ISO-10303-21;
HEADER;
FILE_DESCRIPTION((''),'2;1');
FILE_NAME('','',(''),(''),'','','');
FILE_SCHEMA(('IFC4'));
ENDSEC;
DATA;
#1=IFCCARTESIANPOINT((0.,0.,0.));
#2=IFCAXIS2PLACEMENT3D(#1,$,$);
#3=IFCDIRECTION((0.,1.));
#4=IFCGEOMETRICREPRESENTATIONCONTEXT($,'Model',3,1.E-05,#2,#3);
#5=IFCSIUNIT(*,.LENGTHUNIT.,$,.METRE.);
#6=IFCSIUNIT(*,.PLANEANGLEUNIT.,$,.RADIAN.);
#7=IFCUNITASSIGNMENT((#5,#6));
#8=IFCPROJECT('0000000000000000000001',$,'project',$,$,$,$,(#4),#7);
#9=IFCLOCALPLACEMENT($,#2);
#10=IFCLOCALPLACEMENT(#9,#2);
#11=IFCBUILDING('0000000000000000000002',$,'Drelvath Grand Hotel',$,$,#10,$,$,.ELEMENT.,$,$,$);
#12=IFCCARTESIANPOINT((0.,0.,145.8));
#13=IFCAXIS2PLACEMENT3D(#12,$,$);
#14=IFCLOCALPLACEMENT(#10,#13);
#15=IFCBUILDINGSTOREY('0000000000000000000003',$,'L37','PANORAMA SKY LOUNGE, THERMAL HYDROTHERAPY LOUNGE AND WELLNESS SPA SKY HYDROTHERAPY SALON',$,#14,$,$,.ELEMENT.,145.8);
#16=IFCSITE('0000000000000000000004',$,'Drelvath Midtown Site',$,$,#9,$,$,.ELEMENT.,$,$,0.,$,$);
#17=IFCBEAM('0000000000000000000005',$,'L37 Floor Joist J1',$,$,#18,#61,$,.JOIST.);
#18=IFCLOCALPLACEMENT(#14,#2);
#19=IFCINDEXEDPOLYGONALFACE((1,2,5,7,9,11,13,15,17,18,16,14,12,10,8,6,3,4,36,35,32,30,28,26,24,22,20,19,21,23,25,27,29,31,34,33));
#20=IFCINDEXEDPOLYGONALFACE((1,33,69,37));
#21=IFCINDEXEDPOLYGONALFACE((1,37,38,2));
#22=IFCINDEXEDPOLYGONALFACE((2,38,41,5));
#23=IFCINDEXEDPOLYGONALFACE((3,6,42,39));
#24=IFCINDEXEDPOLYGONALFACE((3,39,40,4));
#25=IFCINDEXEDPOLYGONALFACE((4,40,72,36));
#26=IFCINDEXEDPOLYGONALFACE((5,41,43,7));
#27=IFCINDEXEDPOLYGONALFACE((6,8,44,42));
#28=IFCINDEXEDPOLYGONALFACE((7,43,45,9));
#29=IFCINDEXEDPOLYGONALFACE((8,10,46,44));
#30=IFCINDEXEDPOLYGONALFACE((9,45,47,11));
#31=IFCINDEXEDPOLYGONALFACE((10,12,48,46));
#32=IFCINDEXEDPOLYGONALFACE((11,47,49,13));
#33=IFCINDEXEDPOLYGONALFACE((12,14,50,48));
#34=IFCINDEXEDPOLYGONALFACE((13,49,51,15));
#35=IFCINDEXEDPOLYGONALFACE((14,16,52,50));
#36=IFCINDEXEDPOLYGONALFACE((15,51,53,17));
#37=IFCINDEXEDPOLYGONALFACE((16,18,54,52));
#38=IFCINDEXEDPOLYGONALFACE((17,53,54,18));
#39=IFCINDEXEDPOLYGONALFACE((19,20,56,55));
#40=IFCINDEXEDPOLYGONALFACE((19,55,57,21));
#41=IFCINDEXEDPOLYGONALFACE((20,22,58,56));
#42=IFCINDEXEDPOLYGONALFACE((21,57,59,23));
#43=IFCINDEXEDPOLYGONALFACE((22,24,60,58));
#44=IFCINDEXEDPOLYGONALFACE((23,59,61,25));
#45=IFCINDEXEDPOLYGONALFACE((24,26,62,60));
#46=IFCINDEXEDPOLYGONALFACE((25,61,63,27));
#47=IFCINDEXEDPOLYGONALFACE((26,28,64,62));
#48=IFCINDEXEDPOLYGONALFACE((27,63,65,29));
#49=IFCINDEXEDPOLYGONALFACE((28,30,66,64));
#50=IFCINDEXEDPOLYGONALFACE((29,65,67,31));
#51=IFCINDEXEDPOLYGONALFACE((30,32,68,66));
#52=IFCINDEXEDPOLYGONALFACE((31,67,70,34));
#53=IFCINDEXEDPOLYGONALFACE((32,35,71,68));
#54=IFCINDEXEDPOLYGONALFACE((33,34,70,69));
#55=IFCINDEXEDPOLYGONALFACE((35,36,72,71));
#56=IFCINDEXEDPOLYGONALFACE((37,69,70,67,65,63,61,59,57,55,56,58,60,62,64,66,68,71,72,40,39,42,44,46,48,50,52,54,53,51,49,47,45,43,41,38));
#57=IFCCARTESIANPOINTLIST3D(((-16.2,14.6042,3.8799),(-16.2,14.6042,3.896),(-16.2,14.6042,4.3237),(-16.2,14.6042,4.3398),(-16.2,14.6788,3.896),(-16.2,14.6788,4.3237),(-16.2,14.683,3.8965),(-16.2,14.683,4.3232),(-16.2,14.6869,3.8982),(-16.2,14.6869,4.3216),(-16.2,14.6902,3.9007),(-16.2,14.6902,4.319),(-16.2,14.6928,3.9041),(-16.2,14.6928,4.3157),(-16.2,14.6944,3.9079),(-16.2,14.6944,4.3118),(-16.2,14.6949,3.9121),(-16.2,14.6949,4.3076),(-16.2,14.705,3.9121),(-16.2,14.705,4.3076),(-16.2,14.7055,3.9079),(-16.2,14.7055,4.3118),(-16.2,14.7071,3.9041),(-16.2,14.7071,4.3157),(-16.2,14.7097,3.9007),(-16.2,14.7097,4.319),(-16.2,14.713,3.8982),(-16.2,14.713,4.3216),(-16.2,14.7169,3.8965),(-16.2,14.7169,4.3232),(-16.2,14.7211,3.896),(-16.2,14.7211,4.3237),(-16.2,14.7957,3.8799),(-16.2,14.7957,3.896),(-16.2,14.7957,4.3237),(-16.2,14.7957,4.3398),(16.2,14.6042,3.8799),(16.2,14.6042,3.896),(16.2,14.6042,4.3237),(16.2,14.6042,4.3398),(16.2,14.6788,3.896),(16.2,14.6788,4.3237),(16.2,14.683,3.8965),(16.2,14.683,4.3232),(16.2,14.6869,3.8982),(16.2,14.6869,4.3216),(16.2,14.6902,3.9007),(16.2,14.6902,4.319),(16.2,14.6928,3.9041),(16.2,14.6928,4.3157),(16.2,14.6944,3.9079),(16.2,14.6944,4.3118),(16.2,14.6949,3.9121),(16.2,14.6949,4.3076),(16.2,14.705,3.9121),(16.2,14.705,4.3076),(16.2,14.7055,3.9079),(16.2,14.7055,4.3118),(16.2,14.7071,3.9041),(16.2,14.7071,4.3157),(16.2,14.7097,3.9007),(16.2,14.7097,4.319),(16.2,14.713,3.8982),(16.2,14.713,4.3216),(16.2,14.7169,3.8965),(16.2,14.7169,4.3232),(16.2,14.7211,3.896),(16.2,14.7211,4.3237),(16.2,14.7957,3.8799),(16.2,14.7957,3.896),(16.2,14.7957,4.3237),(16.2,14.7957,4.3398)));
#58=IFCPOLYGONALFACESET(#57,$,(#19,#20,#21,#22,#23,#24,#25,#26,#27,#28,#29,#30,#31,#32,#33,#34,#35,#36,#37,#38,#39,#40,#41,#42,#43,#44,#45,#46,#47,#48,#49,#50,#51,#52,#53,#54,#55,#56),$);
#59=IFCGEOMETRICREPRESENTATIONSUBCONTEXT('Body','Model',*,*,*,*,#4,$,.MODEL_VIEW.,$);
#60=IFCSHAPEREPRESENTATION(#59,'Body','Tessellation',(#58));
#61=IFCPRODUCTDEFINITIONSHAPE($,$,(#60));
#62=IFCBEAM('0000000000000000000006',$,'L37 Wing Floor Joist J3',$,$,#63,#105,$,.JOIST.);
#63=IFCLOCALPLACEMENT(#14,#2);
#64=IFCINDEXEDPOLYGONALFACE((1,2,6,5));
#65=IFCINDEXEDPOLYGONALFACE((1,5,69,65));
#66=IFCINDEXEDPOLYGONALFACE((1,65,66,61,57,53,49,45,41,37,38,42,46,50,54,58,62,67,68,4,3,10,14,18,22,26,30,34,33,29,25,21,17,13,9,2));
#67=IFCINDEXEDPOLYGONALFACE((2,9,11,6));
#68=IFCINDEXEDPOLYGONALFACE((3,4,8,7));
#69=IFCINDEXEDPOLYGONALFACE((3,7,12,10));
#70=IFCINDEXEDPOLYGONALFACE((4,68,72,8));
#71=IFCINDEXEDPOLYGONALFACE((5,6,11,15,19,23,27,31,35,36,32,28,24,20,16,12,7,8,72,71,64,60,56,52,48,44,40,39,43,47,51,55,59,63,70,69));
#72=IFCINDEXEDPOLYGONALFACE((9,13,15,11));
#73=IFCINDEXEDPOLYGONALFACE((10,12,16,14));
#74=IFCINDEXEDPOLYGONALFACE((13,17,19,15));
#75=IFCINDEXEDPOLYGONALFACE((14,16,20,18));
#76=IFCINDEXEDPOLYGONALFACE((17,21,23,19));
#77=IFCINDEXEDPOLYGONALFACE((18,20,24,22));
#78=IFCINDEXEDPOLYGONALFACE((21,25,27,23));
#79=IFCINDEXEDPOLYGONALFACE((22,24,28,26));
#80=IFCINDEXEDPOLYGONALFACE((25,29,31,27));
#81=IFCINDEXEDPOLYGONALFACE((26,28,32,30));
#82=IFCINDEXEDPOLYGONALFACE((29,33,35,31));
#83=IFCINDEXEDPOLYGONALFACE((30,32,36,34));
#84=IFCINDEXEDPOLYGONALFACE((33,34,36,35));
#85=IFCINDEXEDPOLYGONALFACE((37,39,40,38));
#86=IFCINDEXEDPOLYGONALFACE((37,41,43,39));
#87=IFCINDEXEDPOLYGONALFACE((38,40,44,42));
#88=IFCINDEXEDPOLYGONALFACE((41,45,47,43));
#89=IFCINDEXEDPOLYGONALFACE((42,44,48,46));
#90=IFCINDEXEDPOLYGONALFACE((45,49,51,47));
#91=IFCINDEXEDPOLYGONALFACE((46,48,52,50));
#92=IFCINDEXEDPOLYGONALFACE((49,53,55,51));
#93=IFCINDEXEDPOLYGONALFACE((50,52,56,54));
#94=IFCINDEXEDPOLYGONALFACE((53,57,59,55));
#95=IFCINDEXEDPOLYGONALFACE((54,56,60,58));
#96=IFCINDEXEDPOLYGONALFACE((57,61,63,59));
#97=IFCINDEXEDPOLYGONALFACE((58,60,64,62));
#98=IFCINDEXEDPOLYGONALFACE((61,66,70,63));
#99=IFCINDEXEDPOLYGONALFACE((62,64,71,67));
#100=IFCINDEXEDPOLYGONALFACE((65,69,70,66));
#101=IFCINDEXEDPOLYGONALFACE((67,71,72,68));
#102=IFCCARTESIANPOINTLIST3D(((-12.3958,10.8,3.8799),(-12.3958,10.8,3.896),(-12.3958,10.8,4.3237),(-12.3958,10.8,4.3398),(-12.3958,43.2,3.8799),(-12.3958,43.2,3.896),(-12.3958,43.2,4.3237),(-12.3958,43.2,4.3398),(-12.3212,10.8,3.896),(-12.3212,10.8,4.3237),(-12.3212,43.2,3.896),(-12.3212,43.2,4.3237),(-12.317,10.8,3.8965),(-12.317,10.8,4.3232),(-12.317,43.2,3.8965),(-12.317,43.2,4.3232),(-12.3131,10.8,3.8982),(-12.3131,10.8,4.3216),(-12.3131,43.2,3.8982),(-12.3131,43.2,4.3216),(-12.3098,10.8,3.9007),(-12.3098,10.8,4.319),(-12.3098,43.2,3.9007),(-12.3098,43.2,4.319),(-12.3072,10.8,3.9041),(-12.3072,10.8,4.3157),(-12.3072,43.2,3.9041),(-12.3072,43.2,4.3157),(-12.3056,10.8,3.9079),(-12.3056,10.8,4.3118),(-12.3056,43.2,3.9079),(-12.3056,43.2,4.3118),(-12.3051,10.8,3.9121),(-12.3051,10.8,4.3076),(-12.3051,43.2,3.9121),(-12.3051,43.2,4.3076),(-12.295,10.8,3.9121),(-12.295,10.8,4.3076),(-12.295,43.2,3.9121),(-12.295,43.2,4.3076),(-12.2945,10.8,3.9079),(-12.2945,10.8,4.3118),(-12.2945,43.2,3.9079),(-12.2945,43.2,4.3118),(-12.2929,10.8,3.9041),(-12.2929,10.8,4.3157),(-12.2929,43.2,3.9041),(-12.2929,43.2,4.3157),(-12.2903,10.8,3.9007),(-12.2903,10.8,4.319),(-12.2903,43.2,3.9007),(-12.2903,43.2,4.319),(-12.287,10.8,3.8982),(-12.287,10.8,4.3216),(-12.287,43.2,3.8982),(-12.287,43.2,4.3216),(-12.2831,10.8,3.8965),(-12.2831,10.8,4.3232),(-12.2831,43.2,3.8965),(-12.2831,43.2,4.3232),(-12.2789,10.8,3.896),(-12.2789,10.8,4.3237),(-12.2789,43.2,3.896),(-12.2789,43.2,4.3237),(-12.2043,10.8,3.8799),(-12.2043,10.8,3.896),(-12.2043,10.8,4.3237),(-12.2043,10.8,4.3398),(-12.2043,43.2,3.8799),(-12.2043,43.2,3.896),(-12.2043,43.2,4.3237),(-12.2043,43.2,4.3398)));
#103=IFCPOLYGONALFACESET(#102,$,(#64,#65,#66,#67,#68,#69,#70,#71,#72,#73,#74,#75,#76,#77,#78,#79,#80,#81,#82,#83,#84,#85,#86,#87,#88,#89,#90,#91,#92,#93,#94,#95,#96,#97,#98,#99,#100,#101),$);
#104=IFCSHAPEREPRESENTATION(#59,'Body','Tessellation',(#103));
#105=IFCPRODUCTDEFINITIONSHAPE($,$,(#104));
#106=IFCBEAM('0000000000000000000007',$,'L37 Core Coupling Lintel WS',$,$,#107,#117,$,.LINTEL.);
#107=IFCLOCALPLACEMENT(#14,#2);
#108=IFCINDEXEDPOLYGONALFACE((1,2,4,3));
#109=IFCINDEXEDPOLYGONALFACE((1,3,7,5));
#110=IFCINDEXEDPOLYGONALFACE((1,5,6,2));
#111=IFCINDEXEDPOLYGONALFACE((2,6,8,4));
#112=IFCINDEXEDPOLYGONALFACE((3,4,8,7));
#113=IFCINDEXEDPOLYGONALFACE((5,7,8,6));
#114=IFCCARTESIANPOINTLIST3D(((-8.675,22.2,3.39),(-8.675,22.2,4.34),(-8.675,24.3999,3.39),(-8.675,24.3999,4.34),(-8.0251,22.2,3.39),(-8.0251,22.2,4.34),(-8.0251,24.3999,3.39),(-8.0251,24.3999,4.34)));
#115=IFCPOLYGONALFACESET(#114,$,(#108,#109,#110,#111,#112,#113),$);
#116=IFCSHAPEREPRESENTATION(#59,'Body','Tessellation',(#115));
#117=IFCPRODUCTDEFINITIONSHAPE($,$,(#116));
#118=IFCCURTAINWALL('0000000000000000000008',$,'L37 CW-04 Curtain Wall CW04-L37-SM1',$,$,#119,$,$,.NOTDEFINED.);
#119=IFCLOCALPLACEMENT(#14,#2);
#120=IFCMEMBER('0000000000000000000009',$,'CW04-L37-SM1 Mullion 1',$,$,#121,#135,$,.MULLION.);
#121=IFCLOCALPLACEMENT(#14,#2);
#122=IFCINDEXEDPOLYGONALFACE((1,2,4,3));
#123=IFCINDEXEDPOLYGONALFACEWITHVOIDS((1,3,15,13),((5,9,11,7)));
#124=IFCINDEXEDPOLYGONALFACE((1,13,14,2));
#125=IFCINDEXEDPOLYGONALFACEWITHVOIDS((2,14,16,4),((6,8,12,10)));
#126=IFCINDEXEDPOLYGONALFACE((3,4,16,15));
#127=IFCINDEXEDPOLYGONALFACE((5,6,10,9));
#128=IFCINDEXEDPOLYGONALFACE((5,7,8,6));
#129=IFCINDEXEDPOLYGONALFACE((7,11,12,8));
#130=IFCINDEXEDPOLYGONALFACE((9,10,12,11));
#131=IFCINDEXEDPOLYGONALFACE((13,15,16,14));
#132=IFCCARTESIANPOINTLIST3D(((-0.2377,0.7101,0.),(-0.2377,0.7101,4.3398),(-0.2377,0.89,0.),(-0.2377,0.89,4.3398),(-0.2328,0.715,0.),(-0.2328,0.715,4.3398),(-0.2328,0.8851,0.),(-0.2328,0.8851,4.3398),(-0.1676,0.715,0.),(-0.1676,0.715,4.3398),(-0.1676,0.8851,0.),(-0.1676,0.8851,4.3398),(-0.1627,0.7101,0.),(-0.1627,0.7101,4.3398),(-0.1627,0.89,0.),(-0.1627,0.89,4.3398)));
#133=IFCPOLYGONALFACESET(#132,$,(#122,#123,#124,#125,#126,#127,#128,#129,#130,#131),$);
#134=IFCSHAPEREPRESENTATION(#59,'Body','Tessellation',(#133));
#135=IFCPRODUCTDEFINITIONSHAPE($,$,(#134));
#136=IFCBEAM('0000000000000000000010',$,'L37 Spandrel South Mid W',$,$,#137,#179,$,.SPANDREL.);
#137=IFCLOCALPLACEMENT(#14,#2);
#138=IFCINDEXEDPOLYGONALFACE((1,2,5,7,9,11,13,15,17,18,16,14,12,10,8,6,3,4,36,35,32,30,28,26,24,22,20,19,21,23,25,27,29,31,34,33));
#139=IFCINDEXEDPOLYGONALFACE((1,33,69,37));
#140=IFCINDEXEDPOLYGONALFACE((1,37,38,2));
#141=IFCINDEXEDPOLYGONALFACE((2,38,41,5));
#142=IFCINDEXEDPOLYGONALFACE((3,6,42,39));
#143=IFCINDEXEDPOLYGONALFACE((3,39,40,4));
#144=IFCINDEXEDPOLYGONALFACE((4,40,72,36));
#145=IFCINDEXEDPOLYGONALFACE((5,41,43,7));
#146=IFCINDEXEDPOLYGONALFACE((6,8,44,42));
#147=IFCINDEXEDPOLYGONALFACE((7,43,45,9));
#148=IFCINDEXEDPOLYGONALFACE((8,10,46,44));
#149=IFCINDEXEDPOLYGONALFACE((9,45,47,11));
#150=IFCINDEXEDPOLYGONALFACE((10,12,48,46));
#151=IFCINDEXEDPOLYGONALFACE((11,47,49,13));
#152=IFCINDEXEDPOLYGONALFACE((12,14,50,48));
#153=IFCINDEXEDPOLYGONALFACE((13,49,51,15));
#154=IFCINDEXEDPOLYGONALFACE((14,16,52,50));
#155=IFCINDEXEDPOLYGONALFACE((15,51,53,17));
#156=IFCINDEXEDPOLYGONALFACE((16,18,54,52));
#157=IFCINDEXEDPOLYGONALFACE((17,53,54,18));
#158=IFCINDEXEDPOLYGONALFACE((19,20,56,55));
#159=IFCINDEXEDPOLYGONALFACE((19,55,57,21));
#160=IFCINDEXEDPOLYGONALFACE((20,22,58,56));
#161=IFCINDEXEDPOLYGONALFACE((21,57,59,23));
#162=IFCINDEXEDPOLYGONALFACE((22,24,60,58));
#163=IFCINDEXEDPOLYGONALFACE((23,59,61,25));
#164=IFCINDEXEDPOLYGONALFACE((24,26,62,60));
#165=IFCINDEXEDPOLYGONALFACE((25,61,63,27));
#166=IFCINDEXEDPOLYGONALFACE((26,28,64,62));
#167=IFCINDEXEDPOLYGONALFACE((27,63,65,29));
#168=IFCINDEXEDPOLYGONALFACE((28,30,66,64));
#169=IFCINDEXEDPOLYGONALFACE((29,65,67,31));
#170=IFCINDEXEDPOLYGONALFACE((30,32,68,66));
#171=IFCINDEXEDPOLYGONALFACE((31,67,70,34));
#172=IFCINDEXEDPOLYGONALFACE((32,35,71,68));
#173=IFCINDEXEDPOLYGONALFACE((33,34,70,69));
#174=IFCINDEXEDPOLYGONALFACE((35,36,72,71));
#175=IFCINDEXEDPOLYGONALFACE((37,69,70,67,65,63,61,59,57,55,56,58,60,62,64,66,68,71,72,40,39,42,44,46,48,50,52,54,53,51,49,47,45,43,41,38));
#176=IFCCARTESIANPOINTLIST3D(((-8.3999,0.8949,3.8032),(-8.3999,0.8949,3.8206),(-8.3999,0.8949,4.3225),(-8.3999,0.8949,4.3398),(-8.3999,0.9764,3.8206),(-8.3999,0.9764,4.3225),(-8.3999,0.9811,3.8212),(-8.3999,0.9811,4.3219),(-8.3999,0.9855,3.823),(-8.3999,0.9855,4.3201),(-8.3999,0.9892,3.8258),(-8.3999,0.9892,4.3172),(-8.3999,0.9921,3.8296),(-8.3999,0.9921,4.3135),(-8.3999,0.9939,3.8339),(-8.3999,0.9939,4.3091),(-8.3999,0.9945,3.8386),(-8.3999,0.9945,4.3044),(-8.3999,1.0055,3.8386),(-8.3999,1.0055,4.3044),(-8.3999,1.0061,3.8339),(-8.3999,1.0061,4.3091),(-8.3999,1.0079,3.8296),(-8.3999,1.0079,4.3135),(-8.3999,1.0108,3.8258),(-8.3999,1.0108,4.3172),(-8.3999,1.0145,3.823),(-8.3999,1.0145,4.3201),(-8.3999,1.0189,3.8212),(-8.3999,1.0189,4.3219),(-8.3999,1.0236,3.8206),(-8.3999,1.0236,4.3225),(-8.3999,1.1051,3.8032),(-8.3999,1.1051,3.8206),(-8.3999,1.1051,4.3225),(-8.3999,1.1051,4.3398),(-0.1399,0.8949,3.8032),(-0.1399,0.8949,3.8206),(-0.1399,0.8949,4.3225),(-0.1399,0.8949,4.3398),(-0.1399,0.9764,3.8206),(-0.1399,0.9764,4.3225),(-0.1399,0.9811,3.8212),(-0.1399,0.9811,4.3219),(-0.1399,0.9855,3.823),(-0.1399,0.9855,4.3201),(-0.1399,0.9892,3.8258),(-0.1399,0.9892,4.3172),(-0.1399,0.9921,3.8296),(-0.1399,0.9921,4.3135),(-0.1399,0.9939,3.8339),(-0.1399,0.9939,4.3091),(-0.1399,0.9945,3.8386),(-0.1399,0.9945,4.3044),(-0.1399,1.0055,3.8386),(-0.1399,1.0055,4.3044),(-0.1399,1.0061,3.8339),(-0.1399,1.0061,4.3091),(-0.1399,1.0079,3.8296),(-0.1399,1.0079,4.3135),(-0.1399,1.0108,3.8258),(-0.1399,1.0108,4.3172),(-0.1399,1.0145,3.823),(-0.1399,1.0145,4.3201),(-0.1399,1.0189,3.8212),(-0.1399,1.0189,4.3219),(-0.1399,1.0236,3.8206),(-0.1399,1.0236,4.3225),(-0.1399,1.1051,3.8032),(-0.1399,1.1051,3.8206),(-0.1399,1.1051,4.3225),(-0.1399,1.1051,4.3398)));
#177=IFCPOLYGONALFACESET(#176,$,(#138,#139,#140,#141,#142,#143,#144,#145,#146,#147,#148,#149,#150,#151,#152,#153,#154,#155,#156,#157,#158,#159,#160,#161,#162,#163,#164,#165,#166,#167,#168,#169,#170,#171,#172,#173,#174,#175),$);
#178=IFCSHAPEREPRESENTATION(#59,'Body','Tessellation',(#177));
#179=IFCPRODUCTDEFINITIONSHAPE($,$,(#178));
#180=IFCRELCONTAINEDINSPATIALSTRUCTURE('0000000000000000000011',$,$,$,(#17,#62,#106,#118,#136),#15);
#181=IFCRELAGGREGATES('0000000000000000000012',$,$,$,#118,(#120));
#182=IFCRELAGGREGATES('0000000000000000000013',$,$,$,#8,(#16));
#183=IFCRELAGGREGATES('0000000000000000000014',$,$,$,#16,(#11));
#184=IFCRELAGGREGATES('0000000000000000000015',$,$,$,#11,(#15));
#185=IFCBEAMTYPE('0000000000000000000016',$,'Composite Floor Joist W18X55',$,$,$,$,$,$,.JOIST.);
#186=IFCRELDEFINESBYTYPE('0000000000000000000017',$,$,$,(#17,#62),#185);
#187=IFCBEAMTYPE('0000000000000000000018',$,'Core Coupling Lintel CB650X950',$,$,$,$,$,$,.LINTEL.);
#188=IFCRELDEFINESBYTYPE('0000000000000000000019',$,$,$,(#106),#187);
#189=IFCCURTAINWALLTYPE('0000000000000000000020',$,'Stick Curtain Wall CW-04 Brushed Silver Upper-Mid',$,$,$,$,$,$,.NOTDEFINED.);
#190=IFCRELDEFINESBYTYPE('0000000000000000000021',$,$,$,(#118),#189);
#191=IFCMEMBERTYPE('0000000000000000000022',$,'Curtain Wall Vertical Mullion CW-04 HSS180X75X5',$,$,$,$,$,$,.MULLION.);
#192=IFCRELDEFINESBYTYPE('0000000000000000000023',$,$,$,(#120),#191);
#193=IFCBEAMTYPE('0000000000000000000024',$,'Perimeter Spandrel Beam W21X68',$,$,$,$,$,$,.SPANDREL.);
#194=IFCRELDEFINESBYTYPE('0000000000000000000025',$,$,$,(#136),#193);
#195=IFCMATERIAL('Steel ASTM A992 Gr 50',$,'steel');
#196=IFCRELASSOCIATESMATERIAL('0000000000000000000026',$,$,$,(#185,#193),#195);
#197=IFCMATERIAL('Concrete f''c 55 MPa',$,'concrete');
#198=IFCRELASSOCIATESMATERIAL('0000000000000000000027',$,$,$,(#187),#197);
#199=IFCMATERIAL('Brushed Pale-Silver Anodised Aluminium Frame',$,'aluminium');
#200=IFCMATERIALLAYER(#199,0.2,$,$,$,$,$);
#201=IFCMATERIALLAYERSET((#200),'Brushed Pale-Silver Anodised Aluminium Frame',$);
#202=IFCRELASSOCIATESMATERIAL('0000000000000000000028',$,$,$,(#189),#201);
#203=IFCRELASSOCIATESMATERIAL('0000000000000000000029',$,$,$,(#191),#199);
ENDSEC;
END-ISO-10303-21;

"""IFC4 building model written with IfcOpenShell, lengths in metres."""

from ifc_helpers import new_model, si_unit, direction, frame, origin, origin_2d, place, context, subcontext, project, spatial, rectangle, hollow_rectangle, i_section, extrude, material, layer, layer_set, material_profile, profile_set, type_object, element, aggregate, save


model = new_model("IFC4")

# Units and contexts
model_context = context("Model", 3, precision=1e-05, world=origin(), true_north=direction((0.0, 1.0)))
body_context = subcontext(model_context, "Body", "Model", "MODEL_VIEW")
ifc_project = project(units=[si_unit("LENGTHUNIT", "METRE"), si_unit("PLANEANGLEUNIT", "RADIAN")], contexts=[model_context])

# Site, building, storey
site_placement = place(None, origin())
site = spatial("IfcSite", under=ifc_project, at=site_placement, Name="Drelvath Midtown Site", CompositionType="ELEMENT", RefElevation=0.0)
building_placement = place(site_placement, origin())
building = spatial("IfcBuilding", under=site, at=building_placement, Name="Drelvath Grand Hotel", CompositionType="ELEMENT")
storey_placement = place(building_placement, frame((0.0, 0.0, 145.8)))
storey = spatial("IfcBuildingStorey", under=building, at=storey_placement, Name="L37", Description="PANORAMA SKY LOUNGE, THERMAL HYDROTHERAPY LOUNGE AND WELLNESS SPA SKY HYDROTHERAPY SALON", CompositionType="ELEMENT", Elevation=145.8)

# Beams
ifc_material_1 = material(Name="Steel ASTM A992 Gr 50", Category="steel")
ifc_material_profile_1 = material_profile(ifc_material_1, i_section(OverallWidth=0.1914, OverallDepth=0.46, WebThickness=0.01, FlangeThickness=0.0161, FilletRadius=0.0161, at=origin_2d()), Name="W18X55")
ifc_profile_set_1 = profile_set([ifc_material_profile_1], Name="Steel ASTM A992 Gr 50")
beam_type_1 = type_object("IfcBeamType", Name="Composite Floor Joist W18X55", PredefinedType="JOIST", material=ifc_profile_set_1)
for number, where, z_axis, x_axis, name in (
    (1, (-16.2, 14.7, 4.1099), (1.0, 0.0, 0.0), (0.0, 1.0, 0.0), "L37 Floor Joist J1"),
    (2, (-12.3, 10.8, 4.1099), (0.0, 1.0, 0.0), (-1.0, 0.0, 0.0), "L37 Wing Floor Joist J3"),
):
    element("IfcBeam", number, at=place(storey_placement, frame(where, z_axis=z_axis, x_axis=x_axis)), inside=storey, type_object=beam_type_1, Name=name, PredefinedType="JOIST", context=body_context, shape_type="SweptSolid", body=[
        extrude(i_section(OverallWidth=0.1914, OverallDepth=0.46, WebThickness=0.01, FlangeThickness=0.0161, FilletRadius=0.0161, at=origin_2d()), origin(), (0.0, 0.0, 1.0), 32.3999),
    ])
ifc_material_2 = material(Name="Concrete f'c 55 MPa", Category="concrete")
ifc_material_profile_2 = material_profile(ifc_material_2, rectangle(XDim=0.6499, YDim=0.95, at=origin_2d()), Name="CB650X950")
ifc_profile_set_2 = profile_set([ifc_material_profile_2], Name="Concrete f'c 55 MPa")
beam_type_2 = type_object("IfcBeamType", Name="Core Coupling Lintel CB650X950", PredefinedType="LINTEL", material=ifc_profile_set_2)
beam_1_placement = place(storey_placement, frame((-8.3501, 22.2, 3.865), z_axis=(0.0, 1.0, 0.0), x_axis=(-1.0, 0.0, 0.0)))
element("IfcBeam", 3, at=beam_1_placement, inside=storey, type_object=beam_type_2, Name="L37 Core Coupling Lintel WS", PredefinedType="LINTEL", context=body_context, shape_type="SweptSolid", body=[
    extrude(rectangle(XDim=0.6499, YDim=0.95, at=origin_2d()), origin(), (0.0, 0.0, 1.0), 2.2),
])

# Curtain wall, member
ifc_material_3 = material(Name="Brushed Pale-Silver Anodised Aluminium Frame", Category="aluminium")
ifc_layer_1 = layer(ifc_material_3, 0.2)
ifc_layer_set_1 = layer_set([ifc_layer_1], Name="Brushed Pale-Silver Anodised Aluminium Frame")
curtain_wall_type = type_object("IfcCurtainWallType", Name="Stick Curtain Wall CW-04 Brushed Silver Upper-Mid", PredefinedType="NOTDEFINED", material=ifc_layer_set_1)
curtain_wall_placement = place(storey_placement, origin())
curtain_wall = element("IfcCurtainWall", 4, at=curtain_wall_placement, inside=storey, type_object=curtain_wall_type, Name="L37 CW-04 Curtain Wall CW04-L37-SM1", PredefinedType="NOTDEFINED")
ifc_material_profile_3 = material_profile(ifc_material_3, hollow_rectangle(XDim=0.075, YDim=0.1799, WallThickness=0.0049, at=origin_2d()), Name="HSS180X75X5")
ifc_profile_set_3 = profile_set([ifc_material_profile_3], Name="Brushed Pale-Silver Anodised Aluminium Frame")
member_type = type_object("IfcMemberType", Name="Curtain Wall Vertical Mullion CW-04 HSS180X75X5", PredefinedType="MULLION", material=ifc_profile_set_3)
member_placement = place(storey_placement, frame((-0.2002, 0.8, 0.0), z_axis=(0.0, 0.0, 1.0), x_axis=(1.0, 0.0, 0.0)))
member = element("IfcMember", 5, at=member_placement, type_object=member_type, Name="CW04-L37-SM1 Mullion 1", PredefinedType="MULLION", context=body_context, shape_type="SweptSolid", body=[
    extrude(hollow_rectangle(XDim=0.075, YDim=0.1799, WallThickness=0.0049, at=origin_2d()), origin(), (0.0, 0.0, 1.0), 4.3398),
])
aggregate(curtain_wall, [member])

# Beam
ifc_material_profile_4 = material_profile(ifc_material_1, i_section(OverallWidth=0.2102, OverallDepth=0.5366, WebThickness=0.011, FlangeThickness=0.0173, FilletRadius=0.0181, at=origin_2d()), Name="W21X68")
ifc_profile_set_4 = profile_set([ifc_material_profile_4], Name="Steel ASTM A992 Gr 50")
beam_type_3 = type_object("IfcBeamType", Name="Perimeter Spandrel Beam W21X68", PredefinedType="SPANDREL", material=ifc_profile_set_4)
beam_2_placement = place(storey_placement, frame((-8.3999, 1.0, 4.0715), z_axis=(1.0, 0.0, 0.0), x_axis=(0.0, 1.0, 0.0)))
element("IfcBeam", 6, at=beam_2_placement, inside=storey, type_object=beam_type_3, Name="L37 Spandrel South Mid W", PredefinedType="SPANDREL", context=body_context, shape_type="SweptSolid", body=[
    extrude(i_section(OverallWidth=0.2102, OverallDepth=0.5366, WebThickness=0.011, FlangeThickness=0.0173, FilletRadius=0.0181, at=origin_2d()), origin(), (0.0, 0.0, 1.0), 8.26),
])

save(model, "model.ifc")
